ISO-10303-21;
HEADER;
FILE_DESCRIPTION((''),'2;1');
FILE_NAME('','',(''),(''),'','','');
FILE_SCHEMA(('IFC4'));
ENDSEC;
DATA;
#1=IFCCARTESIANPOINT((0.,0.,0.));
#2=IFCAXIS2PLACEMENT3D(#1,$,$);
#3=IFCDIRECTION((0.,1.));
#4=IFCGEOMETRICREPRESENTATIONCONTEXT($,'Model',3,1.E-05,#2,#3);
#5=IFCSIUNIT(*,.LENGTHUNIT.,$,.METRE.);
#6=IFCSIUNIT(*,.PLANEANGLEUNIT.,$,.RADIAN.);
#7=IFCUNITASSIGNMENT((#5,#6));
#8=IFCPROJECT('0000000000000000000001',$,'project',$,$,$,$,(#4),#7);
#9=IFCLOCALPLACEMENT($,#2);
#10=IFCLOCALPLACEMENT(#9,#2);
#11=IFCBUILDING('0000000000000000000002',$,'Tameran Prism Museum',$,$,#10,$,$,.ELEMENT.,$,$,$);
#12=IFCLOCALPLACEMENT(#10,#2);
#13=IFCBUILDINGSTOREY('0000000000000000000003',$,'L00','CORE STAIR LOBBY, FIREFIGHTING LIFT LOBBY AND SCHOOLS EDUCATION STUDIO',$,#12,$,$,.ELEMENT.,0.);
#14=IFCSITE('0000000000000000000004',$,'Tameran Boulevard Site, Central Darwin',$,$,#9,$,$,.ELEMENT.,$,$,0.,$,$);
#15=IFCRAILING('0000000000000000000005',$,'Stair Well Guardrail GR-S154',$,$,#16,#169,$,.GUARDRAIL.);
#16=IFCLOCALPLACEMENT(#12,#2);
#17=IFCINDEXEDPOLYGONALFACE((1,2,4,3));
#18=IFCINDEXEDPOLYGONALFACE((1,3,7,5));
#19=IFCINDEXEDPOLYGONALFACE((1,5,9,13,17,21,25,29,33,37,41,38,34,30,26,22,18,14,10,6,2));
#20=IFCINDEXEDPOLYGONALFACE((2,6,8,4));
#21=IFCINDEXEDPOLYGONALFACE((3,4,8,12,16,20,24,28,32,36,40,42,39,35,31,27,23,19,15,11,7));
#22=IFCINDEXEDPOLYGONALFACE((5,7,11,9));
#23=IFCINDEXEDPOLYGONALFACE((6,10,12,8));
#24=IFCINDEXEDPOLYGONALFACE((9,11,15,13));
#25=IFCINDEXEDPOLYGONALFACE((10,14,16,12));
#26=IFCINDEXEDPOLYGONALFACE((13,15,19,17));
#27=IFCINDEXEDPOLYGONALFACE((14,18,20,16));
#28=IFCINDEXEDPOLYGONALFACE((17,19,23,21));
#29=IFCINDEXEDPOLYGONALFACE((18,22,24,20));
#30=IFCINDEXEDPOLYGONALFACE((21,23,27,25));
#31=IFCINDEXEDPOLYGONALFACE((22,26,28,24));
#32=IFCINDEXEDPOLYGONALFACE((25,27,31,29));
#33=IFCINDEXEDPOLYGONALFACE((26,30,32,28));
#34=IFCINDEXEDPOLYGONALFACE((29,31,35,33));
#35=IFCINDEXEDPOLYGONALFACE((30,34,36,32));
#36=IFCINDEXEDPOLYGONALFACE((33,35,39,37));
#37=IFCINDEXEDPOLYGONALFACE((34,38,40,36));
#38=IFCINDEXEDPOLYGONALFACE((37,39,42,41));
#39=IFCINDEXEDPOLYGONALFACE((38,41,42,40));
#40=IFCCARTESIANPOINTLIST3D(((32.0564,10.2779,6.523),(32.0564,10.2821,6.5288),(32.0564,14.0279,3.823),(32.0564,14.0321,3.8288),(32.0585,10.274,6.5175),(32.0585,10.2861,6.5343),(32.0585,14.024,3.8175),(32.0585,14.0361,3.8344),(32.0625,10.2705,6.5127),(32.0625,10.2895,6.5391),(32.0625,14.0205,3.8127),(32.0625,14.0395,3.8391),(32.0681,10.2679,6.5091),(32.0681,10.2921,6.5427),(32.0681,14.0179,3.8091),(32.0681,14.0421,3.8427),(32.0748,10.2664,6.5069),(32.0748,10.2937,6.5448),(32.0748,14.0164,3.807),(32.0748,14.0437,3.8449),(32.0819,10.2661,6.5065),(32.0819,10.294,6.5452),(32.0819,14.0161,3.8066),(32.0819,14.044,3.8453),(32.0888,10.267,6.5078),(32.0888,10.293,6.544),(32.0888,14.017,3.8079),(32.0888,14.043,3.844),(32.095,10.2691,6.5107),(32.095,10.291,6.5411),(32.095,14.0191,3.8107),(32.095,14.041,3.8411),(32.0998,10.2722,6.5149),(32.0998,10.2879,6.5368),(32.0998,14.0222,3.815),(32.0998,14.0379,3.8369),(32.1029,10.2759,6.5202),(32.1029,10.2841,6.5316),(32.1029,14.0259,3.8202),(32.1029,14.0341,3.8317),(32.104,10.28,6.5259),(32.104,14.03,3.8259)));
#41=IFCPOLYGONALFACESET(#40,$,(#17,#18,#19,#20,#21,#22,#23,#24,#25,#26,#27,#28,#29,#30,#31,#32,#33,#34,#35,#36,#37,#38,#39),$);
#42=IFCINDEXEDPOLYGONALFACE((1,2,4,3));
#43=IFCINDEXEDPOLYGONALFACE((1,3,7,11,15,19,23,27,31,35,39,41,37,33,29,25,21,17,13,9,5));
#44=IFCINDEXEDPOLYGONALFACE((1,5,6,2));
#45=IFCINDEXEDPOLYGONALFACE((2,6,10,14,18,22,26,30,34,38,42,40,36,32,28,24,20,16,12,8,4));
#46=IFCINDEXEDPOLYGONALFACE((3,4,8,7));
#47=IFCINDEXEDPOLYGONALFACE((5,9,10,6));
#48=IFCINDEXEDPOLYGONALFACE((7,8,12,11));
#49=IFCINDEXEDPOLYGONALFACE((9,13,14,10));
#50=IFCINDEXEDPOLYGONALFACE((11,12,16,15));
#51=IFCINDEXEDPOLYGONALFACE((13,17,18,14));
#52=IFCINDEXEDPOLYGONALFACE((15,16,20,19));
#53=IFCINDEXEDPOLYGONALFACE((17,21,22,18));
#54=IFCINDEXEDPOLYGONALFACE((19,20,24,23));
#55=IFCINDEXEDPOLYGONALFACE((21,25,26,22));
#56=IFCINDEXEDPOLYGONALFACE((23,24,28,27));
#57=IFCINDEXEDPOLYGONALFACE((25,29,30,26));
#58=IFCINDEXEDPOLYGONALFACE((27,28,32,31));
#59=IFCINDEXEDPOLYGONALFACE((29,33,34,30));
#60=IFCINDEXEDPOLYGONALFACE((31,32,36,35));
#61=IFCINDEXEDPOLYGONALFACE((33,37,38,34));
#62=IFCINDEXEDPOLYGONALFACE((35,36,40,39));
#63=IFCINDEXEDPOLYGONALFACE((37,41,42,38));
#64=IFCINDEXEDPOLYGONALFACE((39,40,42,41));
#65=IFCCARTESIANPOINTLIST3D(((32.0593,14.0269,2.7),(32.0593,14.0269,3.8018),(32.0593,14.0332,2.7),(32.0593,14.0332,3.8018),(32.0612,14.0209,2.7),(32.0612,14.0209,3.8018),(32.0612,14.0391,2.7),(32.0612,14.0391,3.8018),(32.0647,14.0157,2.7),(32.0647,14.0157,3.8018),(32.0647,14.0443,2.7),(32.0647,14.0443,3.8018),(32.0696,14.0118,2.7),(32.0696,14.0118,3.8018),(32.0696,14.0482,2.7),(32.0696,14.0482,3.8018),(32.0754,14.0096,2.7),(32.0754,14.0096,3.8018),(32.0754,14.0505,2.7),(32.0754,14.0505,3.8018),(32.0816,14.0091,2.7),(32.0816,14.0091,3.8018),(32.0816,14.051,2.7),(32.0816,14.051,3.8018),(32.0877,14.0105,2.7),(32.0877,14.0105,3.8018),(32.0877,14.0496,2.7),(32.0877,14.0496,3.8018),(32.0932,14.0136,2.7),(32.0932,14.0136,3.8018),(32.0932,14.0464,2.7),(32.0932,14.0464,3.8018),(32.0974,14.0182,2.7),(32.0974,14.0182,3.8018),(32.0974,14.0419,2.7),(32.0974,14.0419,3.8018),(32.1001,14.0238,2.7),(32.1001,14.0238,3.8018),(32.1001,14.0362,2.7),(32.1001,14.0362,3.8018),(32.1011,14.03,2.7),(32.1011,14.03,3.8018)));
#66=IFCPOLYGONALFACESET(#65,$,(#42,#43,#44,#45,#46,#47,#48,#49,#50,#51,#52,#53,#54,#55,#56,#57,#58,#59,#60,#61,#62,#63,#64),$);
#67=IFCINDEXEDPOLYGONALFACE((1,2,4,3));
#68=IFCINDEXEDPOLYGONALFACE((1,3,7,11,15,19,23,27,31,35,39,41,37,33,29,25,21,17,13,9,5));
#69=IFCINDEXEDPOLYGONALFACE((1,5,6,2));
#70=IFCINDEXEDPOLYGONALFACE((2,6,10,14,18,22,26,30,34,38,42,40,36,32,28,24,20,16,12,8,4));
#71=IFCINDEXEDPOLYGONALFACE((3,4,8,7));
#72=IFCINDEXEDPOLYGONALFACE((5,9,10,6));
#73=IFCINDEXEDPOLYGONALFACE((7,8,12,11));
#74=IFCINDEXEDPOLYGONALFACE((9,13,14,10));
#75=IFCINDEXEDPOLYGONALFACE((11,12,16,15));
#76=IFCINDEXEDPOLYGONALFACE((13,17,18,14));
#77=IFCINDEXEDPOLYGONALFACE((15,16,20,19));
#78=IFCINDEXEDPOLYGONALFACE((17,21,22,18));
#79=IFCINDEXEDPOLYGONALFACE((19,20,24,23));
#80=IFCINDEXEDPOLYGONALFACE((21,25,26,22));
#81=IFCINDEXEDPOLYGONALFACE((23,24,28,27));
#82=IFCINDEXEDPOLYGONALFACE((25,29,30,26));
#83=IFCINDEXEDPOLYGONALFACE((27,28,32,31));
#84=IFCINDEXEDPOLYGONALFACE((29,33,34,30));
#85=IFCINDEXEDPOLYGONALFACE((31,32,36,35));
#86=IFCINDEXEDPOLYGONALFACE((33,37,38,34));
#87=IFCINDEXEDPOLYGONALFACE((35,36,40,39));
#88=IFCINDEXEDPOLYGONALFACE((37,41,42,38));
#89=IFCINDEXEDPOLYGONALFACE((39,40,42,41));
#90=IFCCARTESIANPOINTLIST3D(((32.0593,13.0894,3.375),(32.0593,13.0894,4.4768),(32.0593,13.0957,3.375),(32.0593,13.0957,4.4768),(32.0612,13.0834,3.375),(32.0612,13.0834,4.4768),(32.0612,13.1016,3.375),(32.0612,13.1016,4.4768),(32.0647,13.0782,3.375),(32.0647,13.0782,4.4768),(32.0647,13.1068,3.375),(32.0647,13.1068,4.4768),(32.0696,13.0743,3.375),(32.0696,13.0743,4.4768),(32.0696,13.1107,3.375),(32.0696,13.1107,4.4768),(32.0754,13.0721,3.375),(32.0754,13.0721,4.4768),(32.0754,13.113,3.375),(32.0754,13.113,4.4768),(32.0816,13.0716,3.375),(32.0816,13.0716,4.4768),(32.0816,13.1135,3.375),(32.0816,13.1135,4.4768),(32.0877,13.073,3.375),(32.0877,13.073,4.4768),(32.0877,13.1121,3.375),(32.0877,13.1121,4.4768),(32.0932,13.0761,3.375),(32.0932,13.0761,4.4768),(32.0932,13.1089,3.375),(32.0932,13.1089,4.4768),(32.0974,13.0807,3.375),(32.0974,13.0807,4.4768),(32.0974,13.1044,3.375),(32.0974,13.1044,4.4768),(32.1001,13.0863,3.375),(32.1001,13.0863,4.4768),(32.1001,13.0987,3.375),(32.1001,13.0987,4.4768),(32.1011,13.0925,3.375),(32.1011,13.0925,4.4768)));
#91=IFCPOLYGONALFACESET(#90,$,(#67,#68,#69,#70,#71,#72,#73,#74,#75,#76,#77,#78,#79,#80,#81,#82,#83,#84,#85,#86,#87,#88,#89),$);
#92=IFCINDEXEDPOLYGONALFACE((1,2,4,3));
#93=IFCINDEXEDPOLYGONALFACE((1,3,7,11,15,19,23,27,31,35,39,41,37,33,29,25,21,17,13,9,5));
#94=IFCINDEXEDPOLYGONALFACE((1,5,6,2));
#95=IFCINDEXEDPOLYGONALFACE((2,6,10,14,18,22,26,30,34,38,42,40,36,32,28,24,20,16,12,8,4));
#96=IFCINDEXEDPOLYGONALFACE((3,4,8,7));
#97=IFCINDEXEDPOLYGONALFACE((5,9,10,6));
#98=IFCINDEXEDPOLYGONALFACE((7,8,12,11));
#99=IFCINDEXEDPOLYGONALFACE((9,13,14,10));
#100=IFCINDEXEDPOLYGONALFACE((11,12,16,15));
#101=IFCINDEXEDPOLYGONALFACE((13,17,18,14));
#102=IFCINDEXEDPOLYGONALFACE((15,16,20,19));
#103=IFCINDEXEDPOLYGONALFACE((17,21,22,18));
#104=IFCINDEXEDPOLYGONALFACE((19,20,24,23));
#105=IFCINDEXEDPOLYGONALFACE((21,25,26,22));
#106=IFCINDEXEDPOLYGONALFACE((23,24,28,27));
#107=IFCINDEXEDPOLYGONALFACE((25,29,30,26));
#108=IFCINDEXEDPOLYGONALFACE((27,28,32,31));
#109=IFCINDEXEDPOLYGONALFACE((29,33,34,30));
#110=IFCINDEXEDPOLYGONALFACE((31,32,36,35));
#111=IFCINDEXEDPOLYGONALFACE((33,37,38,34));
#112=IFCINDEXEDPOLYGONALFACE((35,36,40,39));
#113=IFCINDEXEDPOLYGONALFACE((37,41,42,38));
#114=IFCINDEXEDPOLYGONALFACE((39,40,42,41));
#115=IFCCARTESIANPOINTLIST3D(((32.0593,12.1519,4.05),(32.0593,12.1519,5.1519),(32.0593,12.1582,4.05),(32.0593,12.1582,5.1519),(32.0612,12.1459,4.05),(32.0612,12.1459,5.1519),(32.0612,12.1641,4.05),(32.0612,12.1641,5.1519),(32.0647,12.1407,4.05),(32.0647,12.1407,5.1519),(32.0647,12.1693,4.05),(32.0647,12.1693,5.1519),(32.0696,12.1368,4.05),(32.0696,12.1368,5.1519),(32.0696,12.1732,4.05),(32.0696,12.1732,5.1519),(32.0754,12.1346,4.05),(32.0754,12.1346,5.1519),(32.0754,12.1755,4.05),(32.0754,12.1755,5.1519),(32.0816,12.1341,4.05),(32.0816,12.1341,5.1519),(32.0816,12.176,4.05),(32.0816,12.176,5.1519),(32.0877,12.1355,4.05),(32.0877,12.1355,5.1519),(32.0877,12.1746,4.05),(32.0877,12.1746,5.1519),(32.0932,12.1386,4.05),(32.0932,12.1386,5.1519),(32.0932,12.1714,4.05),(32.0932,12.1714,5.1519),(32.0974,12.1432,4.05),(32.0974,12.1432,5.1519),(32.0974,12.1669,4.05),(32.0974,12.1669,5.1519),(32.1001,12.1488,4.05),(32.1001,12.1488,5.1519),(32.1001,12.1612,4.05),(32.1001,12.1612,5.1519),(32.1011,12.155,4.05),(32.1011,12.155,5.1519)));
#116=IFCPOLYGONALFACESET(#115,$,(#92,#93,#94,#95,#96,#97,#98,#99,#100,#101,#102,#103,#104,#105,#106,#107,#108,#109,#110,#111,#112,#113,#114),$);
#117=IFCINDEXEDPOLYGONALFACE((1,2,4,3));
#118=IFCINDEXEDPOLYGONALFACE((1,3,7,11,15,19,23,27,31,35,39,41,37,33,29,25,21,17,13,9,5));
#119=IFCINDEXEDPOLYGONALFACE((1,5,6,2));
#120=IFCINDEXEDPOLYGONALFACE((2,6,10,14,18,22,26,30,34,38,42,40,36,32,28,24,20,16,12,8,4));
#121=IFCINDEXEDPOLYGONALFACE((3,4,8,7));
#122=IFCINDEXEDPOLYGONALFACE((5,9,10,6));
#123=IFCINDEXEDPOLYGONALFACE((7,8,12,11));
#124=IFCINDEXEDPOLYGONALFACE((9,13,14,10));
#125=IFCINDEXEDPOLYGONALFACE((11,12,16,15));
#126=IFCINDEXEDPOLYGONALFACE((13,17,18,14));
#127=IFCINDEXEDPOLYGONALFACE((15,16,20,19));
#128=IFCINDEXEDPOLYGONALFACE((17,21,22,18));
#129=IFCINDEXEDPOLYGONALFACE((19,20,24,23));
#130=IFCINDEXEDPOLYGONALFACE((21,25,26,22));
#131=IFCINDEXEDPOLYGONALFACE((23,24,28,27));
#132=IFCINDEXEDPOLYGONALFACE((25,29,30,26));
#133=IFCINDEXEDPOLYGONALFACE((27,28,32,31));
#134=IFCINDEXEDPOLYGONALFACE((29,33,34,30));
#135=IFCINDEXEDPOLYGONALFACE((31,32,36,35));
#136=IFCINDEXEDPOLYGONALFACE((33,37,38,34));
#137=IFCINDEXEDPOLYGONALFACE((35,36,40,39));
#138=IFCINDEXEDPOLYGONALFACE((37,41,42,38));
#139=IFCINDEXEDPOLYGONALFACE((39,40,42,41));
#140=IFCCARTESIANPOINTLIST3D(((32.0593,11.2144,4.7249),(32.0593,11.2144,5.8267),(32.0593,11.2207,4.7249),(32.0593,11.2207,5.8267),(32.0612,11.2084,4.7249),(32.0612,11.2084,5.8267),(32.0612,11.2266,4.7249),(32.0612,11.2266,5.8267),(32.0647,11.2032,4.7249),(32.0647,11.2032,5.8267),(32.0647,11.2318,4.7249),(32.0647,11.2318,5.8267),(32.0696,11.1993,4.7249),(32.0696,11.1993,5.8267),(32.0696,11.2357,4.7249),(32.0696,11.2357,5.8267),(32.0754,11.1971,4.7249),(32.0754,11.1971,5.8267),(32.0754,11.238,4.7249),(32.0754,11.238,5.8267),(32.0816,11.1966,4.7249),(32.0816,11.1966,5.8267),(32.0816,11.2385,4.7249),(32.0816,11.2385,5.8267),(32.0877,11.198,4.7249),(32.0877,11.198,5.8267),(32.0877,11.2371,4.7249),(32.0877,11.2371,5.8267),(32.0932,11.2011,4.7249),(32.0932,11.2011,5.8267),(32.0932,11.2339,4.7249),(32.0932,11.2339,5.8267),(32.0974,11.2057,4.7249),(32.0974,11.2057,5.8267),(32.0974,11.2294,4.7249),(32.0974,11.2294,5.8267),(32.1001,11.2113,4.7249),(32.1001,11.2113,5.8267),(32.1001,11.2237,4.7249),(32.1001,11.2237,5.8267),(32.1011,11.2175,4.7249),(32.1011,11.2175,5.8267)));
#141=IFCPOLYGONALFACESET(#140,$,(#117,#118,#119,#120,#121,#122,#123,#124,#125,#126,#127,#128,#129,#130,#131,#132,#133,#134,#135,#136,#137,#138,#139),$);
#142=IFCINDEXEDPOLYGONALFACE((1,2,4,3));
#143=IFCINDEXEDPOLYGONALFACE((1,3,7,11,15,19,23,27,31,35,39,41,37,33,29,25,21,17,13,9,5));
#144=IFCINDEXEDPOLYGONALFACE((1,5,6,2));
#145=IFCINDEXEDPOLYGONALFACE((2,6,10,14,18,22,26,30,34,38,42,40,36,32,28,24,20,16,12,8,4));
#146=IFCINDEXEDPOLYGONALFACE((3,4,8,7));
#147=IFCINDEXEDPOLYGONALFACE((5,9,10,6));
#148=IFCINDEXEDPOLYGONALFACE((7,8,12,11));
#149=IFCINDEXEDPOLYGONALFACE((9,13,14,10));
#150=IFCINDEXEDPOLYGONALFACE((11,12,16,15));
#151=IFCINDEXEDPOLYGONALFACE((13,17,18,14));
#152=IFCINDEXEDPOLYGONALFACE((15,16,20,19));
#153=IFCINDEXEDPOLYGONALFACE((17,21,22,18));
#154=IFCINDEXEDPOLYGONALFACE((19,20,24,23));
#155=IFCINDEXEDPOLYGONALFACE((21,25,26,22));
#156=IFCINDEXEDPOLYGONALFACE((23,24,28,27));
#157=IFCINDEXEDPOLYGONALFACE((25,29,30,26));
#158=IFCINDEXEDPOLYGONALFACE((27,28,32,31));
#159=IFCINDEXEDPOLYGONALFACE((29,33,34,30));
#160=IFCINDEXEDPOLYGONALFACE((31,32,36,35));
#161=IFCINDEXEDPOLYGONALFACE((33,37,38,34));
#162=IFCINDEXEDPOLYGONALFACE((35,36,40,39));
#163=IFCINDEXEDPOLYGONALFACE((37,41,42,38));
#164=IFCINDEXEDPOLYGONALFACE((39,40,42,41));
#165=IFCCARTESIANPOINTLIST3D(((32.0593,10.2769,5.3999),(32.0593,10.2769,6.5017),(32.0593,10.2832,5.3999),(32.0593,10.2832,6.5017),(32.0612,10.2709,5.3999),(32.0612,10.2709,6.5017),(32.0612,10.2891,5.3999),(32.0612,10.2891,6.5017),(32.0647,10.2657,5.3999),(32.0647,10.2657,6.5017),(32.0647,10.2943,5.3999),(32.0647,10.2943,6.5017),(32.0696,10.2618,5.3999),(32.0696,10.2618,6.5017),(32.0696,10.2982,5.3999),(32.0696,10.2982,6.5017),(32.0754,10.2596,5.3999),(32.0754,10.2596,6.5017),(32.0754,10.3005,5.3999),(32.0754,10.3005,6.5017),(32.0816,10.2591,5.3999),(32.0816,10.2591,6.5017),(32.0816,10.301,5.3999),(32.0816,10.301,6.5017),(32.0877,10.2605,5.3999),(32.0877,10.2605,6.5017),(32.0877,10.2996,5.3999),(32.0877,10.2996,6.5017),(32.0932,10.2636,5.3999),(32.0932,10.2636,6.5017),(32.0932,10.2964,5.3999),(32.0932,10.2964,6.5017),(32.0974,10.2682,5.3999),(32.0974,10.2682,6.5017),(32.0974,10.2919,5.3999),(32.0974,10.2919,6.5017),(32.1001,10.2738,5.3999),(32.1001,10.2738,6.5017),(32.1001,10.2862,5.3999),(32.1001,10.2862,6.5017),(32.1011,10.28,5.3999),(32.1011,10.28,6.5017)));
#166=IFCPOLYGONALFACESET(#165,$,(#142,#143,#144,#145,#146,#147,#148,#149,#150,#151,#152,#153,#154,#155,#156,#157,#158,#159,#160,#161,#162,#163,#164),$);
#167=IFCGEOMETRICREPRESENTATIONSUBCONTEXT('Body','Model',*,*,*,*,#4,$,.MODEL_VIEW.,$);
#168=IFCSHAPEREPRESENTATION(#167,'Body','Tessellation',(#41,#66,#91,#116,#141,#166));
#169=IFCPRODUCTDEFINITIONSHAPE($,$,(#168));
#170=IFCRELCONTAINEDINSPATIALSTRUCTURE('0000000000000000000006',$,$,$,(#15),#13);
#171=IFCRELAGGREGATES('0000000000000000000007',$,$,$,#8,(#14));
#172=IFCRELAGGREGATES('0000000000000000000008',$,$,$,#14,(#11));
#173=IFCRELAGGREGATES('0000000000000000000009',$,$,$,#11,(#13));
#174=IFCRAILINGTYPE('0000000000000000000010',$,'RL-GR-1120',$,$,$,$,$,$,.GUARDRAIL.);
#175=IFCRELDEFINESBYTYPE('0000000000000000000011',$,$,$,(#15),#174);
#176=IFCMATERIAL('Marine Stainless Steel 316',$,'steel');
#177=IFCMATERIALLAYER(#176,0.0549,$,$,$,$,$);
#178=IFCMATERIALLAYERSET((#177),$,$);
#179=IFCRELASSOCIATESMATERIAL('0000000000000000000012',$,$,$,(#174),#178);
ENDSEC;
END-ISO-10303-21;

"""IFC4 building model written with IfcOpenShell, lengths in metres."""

from ifc_helpers import new_model, si_unit, direction, frame, origin, origin_2d, place, context, subcontext, project, spatial, circle, extrude, material, layer, layer_set, type_object, element, save


model = new_model("IFC4")

# Units and contexts
model_context = context("Model", 3, precision=1e-05, world=origin(), true_north=direction((0.0, 1.0)))
body_context = subcontext(model_context, "Body", "Model", "MODEL_VIEW")
ifc_project = project(units=[si_unit("LENGTHUNIT", "METRE"), si_unit("PLANEANGLEUNIT", "RADIAN")], contexts=[model_context])

# Site, building, storey
site_placement = place(None, origin())
site = spatial("IfcSite", under=ifc_project, at=site_placement, Name="Tameran Boulevard Site, Central Darwin", CompositionType="ELEMENT", RefElevation=0.0)
building_placement = place(site_placement, origin())
building = spatial("IfcBuilding", under=site, at=building_placement, Name="Tameran Prism Museum", CompositionType="ELEMENT")
storey_placement = place(building_placement, origin())
storey = spatial("IfcBuildingStorey", under=building, at=storey_placement, Name="L00", Description="CORE STAIR LOBBY, FIREFIGHTING LIFT LOBBY AND SCHOOLS EDUCATION STUDIO", CompositionType="ELEMENT", Elevation=0.0)

# Railing
ifc_material_1 = material(Name="Marine Stainless Steel 316", Category="steel")
ifc_layer_1 = layer(ifc_material_1, 0.0549)
ifc_layer_set_1 = layer_set([ifc_layer_1])
railing_type_1 = type_object("IfcRailingType", Name="RL-GR-1120", PredefinedType="GUARDRAIL", material=ifc_layer_set_1)
railing_1_placement = place(storey_placement, frame((32.0801, 14.03, 2.7)))
element("IfcRailing", 1, at=railing_1_placement, inside=storey, type_object=railing_type_1, Name="Stair Well Guardrail GR-S154", PredefinedType="GUARDRAIL", context=body_context, shape_type="SweptSolid", body=[
    extrude(circle(Radius=0.0239, at=origin_2d()), frame((0.0, 0.0, 1.126), z_axis=(0.0, -0.811539, 0.584298), x_axis=(1.0, 0.0, 0.0)), (0.0, 0.0, 1.0), 4.6208),
    extrude(circle(Radius=0.021, at=origin_2d()), origin(), (0.0, 0.0, 1.0), 1.1018),
    extrude(circle(Radius=0.021, at=origin_2d()), frame((0.0, -0.9375, 0.675)), (0.0, 0.0, 1.0), 1.1018),
    extrude(circle(Radius=0.021, at=origin_2d()), frame((0.0, -1.875, 1.3501)), (0.0, 0.0, 1.0), 1.1018),
    extrude(circle(Radius=0.021, at=origin_2d()), frame((0.0, -2.8125, 2.0249)), (0.0, 0.0, 1.0), 1.1018),
    extrude(circle(Radius=0.021, at=origin_2d()), frame((0.0, -3.75, 2.7)), (0.0, 0.0, 1.0), 1.1018),
])

save(model, "model.ifc")
